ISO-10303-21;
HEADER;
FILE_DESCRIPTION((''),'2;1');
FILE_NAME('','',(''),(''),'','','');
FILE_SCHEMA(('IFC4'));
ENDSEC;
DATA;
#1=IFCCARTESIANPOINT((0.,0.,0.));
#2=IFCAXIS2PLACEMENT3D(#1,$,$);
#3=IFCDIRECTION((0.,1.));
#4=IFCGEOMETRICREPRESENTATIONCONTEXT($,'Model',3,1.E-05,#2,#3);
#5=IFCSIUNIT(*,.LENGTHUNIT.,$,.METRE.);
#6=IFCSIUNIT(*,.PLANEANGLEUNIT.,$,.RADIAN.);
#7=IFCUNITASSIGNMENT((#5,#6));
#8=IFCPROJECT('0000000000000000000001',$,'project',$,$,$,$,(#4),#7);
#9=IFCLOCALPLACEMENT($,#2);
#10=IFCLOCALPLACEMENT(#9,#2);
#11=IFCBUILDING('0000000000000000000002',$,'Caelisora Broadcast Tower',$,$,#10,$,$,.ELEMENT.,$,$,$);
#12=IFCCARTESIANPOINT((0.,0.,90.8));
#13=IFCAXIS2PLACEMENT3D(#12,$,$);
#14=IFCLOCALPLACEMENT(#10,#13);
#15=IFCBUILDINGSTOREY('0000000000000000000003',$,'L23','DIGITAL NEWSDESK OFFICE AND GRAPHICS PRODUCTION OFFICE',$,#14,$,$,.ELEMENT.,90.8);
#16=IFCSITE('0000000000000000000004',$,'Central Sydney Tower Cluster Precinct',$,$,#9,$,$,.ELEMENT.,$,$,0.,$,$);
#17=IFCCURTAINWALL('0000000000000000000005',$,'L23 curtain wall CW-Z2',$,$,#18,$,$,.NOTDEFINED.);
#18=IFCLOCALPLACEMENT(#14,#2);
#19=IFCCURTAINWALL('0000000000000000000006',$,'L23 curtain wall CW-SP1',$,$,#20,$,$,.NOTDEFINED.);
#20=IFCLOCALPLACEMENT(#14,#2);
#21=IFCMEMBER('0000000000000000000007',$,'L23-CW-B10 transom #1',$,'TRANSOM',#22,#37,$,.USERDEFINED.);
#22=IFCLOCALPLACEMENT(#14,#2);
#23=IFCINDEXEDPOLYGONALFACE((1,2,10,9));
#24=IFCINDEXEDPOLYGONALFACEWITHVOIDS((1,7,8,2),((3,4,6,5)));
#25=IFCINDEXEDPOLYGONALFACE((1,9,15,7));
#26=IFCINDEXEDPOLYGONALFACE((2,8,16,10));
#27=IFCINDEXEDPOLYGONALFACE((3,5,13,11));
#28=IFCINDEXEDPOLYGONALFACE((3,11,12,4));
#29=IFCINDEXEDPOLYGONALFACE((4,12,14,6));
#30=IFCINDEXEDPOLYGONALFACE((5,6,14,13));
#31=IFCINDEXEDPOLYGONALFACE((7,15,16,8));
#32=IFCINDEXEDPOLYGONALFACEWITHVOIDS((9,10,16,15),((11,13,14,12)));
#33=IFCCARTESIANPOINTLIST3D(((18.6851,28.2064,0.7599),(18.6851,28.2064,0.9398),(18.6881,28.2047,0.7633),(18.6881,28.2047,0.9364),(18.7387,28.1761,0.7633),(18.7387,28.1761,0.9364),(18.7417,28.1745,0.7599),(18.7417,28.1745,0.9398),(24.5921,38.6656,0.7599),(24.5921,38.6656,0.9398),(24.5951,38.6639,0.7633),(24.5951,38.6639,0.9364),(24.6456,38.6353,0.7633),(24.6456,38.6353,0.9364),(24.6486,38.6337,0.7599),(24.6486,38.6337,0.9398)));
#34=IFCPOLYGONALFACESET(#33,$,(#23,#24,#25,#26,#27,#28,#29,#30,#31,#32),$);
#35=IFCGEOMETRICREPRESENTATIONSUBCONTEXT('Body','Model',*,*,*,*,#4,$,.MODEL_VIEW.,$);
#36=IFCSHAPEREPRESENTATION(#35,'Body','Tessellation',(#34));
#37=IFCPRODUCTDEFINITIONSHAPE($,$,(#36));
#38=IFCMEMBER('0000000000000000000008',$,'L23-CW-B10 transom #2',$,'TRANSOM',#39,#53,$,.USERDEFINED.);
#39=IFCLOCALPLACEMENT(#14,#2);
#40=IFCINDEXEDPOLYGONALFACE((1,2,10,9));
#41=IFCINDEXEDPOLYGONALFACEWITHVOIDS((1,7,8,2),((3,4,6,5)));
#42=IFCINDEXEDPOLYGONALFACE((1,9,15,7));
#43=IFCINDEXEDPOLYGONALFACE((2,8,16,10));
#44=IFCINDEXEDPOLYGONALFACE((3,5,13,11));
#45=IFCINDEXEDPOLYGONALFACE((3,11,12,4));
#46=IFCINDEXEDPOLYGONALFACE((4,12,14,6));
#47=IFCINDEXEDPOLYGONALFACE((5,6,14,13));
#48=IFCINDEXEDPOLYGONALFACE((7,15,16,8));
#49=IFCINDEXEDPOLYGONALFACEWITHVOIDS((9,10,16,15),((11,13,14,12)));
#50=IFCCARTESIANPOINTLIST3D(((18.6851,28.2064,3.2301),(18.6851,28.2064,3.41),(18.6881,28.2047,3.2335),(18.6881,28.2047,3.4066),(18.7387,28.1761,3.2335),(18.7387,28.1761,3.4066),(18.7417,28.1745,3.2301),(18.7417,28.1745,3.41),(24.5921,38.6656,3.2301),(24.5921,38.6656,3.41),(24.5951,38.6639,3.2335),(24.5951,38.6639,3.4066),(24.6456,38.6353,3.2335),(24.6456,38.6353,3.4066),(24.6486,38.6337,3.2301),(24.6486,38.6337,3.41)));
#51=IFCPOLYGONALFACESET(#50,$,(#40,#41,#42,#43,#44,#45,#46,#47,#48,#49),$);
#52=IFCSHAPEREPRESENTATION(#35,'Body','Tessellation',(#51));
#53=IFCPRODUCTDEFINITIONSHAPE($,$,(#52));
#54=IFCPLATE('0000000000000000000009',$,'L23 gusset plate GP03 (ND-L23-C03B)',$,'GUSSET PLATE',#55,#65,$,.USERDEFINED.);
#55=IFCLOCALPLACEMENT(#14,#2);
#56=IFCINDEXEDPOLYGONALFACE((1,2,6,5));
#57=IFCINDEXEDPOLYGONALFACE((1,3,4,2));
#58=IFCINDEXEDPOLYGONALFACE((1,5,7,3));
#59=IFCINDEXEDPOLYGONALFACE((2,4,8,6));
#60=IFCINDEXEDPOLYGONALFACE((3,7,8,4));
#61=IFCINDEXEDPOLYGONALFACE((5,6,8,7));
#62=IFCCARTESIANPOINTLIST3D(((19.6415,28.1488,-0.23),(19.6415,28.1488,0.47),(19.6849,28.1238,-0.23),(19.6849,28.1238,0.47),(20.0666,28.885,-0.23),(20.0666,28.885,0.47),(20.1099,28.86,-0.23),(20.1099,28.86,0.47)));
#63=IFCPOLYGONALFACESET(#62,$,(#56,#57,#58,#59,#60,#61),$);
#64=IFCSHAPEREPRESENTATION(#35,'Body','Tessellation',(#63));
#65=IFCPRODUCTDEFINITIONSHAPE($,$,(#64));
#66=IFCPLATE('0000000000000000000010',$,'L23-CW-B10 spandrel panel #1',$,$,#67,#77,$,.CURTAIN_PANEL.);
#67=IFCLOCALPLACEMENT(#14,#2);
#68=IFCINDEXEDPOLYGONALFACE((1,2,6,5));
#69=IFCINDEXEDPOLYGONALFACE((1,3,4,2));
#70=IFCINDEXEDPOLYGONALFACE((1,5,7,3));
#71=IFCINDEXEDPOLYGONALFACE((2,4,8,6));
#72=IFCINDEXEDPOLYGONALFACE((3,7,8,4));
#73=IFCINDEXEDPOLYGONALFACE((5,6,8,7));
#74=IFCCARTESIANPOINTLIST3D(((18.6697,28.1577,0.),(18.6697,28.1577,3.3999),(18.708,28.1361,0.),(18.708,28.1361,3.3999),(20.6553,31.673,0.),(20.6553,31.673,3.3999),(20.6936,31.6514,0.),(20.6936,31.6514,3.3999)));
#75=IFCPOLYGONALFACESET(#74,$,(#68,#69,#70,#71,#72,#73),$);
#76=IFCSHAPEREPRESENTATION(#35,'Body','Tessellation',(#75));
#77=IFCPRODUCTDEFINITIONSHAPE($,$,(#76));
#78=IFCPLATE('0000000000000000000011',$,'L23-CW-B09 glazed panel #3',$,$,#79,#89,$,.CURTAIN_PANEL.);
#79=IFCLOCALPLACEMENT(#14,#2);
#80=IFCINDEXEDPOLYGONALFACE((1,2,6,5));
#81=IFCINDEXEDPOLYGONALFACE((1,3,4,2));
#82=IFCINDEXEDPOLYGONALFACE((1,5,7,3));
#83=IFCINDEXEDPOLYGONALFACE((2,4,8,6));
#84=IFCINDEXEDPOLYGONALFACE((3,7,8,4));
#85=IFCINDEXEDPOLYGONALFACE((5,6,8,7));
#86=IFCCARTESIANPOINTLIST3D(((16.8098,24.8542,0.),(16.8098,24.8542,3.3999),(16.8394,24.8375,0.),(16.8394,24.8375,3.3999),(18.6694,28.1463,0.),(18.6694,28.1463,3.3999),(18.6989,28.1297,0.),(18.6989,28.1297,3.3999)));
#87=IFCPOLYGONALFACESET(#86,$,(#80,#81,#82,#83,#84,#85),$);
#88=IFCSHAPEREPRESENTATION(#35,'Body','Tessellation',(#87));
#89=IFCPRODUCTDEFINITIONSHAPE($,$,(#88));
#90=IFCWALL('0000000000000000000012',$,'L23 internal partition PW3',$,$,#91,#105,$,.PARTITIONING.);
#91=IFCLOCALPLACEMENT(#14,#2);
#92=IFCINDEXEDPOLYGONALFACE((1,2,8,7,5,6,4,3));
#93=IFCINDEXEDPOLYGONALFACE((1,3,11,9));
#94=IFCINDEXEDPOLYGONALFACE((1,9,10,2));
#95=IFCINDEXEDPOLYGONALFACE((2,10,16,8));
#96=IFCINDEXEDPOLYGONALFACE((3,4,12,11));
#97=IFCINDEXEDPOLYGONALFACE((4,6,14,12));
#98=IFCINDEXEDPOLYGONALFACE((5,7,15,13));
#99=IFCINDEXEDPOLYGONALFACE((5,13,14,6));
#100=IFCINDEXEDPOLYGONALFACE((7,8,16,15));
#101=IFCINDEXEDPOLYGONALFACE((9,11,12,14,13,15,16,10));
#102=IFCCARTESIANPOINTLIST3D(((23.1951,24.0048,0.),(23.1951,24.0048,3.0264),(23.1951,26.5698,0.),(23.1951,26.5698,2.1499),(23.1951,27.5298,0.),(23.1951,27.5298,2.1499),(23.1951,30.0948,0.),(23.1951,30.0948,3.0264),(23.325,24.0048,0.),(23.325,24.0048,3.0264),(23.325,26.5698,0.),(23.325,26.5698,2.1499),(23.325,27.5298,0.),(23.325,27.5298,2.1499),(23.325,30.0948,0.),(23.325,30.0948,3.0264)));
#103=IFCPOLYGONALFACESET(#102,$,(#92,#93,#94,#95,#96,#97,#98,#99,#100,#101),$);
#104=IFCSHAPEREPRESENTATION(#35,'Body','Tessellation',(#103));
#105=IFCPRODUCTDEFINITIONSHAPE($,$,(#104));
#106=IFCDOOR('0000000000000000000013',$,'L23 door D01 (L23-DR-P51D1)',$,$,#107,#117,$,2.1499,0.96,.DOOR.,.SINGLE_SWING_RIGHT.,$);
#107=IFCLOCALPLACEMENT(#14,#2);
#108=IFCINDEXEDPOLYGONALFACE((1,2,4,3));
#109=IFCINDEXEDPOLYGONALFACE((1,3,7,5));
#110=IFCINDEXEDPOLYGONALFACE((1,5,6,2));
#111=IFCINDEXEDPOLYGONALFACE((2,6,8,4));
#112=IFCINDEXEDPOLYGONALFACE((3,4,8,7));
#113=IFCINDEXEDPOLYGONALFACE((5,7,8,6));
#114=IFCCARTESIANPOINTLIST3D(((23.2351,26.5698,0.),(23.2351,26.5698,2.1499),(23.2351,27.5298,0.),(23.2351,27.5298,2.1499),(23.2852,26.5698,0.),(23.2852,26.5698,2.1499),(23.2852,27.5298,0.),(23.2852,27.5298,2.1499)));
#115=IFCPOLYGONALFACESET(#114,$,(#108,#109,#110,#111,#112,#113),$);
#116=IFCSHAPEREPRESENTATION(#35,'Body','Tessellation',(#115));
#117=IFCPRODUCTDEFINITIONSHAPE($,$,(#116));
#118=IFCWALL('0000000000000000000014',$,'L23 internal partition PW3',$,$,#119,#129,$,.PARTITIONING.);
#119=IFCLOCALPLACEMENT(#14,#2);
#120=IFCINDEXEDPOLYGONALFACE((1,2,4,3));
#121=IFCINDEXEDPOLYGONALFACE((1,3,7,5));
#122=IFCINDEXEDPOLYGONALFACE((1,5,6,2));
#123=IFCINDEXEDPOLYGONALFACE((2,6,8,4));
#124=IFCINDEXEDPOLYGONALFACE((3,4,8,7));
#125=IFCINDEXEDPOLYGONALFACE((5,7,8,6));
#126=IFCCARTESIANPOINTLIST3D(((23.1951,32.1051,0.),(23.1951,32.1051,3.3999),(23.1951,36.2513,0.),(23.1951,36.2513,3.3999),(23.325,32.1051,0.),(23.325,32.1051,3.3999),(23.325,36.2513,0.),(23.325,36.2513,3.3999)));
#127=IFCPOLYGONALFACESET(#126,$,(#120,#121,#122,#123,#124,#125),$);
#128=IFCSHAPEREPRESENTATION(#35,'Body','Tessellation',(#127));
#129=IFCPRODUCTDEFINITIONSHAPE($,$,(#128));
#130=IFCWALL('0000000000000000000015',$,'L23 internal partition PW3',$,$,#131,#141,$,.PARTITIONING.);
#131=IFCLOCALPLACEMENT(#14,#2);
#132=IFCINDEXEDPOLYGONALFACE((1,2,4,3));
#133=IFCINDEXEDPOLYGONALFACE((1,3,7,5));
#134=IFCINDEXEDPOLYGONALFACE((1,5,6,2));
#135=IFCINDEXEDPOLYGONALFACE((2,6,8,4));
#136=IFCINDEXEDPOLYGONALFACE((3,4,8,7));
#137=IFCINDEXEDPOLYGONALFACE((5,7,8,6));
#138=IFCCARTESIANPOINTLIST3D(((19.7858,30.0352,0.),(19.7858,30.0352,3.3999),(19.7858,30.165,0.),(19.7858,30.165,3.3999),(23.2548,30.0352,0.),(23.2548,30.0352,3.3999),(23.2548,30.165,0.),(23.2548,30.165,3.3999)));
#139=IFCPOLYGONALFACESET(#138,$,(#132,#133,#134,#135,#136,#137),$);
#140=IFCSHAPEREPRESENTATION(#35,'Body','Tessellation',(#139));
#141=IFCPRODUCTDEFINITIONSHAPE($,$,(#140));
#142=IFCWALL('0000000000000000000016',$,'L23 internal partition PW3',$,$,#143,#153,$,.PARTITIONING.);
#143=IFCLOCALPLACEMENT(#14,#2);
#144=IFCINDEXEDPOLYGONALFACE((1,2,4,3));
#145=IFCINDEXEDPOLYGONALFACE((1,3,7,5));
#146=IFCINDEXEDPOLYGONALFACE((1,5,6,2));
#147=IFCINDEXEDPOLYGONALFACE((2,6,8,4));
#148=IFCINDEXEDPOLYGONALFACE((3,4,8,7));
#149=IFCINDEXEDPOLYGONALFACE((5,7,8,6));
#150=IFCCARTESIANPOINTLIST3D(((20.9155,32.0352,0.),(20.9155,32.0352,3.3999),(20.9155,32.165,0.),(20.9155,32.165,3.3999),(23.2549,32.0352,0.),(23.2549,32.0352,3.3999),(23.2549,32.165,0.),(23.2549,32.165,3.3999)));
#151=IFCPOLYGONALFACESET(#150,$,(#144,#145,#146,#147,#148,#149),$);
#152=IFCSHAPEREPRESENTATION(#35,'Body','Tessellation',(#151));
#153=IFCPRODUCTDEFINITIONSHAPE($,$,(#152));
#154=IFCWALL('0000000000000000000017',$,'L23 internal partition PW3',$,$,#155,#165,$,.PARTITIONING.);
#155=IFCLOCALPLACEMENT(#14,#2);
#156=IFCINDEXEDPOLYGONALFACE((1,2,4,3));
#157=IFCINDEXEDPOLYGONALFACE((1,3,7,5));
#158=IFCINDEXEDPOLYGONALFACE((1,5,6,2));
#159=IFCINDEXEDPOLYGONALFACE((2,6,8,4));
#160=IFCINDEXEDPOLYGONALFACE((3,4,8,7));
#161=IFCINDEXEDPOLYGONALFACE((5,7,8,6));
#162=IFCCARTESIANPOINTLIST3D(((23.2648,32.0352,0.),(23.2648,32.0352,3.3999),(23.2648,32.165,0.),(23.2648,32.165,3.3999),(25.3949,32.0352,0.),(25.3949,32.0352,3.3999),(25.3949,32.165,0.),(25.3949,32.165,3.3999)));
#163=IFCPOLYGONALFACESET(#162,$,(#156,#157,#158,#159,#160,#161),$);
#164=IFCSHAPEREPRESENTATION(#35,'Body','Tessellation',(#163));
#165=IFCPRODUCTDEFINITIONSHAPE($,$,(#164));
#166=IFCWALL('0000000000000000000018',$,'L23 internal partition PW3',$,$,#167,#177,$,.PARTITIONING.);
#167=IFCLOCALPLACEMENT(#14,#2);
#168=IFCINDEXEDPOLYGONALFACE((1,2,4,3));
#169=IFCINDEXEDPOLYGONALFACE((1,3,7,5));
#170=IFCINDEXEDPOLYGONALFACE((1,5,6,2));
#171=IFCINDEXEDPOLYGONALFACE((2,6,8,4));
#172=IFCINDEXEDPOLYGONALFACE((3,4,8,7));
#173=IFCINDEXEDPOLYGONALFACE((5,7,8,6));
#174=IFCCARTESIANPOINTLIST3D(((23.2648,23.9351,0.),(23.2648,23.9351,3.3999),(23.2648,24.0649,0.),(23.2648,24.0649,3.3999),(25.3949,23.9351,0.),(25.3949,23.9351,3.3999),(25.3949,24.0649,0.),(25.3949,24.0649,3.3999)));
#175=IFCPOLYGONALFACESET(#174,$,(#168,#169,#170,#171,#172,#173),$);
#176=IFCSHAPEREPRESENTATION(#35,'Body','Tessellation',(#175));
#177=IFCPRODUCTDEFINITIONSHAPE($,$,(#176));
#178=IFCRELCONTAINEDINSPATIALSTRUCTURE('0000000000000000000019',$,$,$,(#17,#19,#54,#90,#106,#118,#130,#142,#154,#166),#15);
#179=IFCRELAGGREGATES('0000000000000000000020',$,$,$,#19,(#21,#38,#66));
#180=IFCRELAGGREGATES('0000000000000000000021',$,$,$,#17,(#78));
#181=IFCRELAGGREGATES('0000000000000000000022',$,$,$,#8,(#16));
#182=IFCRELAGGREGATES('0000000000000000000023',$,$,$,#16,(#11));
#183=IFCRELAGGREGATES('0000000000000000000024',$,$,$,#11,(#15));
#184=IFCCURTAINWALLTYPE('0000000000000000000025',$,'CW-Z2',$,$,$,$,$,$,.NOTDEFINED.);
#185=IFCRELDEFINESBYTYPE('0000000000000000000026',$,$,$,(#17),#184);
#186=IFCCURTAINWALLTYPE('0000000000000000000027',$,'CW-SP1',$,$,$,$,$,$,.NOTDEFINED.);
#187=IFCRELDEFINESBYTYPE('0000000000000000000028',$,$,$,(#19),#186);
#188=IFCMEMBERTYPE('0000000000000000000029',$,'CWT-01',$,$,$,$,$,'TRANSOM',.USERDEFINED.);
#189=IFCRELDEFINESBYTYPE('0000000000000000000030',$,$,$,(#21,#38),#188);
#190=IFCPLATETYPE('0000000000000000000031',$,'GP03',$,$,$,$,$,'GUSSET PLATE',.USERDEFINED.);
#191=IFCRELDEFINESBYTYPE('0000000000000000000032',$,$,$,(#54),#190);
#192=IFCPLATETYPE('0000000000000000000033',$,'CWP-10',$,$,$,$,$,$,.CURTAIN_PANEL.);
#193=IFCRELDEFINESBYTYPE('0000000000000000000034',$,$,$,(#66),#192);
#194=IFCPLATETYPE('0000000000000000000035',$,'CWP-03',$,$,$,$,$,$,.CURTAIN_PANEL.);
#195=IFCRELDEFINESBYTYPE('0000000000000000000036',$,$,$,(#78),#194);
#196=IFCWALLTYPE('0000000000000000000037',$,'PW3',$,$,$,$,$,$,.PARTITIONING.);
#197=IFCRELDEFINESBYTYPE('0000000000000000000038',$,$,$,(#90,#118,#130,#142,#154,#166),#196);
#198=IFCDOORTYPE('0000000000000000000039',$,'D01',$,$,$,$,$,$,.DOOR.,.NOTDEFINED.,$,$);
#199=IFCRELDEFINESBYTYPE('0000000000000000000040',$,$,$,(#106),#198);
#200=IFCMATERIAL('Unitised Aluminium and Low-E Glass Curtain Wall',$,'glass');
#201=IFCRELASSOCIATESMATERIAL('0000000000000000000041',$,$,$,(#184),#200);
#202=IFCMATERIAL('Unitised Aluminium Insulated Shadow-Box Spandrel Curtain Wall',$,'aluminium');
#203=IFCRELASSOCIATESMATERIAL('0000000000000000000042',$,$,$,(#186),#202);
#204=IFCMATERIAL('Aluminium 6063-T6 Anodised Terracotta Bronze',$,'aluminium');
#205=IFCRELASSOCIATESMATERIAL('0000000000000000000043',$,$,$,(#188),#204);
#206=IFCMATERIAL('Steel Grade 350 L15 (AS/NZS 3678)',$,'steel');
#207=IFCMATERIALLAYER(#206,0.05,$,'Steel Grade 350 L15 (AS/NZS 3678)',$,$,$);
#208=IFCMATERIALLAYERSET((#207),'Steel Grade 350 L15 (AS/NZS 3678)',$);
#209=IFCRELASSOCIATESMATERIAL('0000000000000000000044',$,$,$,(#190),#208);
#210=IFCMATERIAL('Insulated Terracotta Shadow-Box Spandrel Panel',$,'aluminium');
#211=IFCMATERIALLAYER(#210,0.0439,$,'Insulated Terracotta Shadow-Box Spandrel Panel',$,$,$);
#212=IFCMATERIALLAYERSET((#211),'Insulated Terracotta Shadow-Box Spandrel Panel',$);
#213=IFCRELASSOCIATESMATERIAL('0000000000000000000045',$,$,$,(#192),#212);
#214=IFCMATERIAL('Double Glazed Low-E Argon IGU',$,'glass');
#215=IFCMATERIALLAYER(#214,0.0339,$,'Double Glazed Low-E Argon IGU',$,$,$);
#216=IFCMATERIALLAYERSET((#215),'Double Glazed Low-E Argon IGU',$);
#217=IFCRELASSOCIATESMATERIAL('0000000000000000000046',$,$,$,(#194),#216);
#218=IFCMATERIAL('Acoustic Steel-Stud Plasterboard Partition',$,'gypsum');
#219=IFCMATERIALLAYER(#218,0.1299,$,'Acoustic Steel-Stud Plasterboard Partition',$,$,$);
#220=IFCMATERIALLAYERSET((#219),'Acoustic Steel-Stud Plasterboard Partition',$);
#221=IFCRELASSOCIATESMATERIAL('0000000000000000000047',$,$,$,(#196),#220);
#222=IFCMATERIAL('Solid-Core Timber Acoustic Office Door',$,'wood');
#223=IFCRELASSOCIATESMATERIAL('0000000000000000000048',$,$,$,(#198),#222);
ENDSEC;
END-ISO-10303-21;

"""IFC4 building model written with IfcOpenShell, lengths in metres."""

from ifc_helpers import new_model, si_unit, direction, frame, frame_2d, origin, origin_2d, place, context, subcontext, project, spatial, rectangle, hollow_rectangle, extrude, source, transform, mapped, material, layer, layer_set, material_profile, profile_set, type_object, type_shapes, element, fill, aggregate, save


model = new_model("IFC4")

# Units and contexts
model_context = context("Model", 3, precision=1e-05, world=origin(), true_north=direction((0.0, 1.0)))
body_context = subcontext(model_context, "Body", "Model", "MODEL_VIEW")
ifc_project = project(units=[si_unit("LENGTHUNIT", "METRE"), si_unit("PLANEANGLEUNIT", "RADIAN")], contexts=[model_context])

# Site, building, storey
site_placement = place(None, origin())
site = spatial("IfcSite", under=ifc_project, at=site_placement, Name="Central Sydney Tower Cluster Precinct", CompositionType="ELEMENT", RefElevation=0.0)
building_placement = place(site_placement, origin())
building = spatial("IfcBuilding", under=site, at=building_placement, Name="Caelisora Broadcast Tower", CompositionType="ELEMENT")
storey_placement = place(building_placement, frame((0.0, 0.0, 90.8)))
storey = spatial("IfcBuildingStorey", under=building, at=storey_placement, Name="L23", Description="DIGITAL NEWSDESK OFFICE AND GRAPHICS PRODUCTION OFFICE", CompositionType="ELEMENT", Elevation=90.8)

# Shared definitions
ifc_material_1 = material(Name="Steel Grade 350 L15 (AS/NZS 3678)", Category="steel")

# Curtain walls, members
ifc_material_2 = material(Name="Unitised Aluminium and Low-E Glass Curtain Wall", Category="glass")
curtain_wall_type_1 = type_object("IfcCurtainWallType", Name="CW-Z2", PredefinedType="NOTDEFINED", material=ifc_material_2)
curtain_wall_1_placement = place(storey_placement, origin())
curtain_wall_1 = element("IfcCurtainWall", 1, at=curtain_wall_1_placement, inside=storey, type_object=curtain_wall_type_1, Name="L23 curtain wall CW-Z2", PredefinedType="NOTDEFINED")
ifc_material_3 = material(Name="Aluminium 6063-T6 Anodised Terracotta Bronze", Category="aluminium")
ifc_material_4 = material(Name="Unitised Aluminium Insulated Shadow-Box Spandrel Curtain Wall", Category="aluminium")
curtain_wall_type_2 = type_object("IfcCurtainWallType", Name="CW-SP1", PredefinedType="NOTDEFINED", material=ifc_material_4)
curtain_wall_2_placement = place(storey_placement, origin())
curtain_wall_2 = element("IfcCurtainWall", 2, at=curtain_wall_2_placement, inside=storey, type_object=curtain_wall_type_2, Name="L23 curtain wall CW-SP1", PredefinedType="NOTDEFINED")
ifc_material_profile_1 = material_profile(ifc_material_3, hollow_rectangle(XDim=0.0649, YDim=0.1799, WallThickness=0.0034, at=origin_2d()), Name="Aluminium 6063-T6 Anodised Terracotta Bronze")
ifc_profile_set_1 = profile_set([ifc_material_profile_1], Name="Aluminium 6063-T6 Anodised Terracotta Bronze")
member_type_1 = type_object("IfcMemberType", Name="CWT-01", ElementType="TRANSOM", PredefinedType="USERDEFINED", material=ifc_profile_set_1)
shared_shape_1 = source(origin(), body_context, "Body", "SweptSolid", [
    extrude(hollow_rectangle(XDim=0.0649, YDim=0.1799, WallThickness=0.0034, at=origin_2d()), origin(), (0.0, 0.0, 1.0), 12.012),
])
type_shapes(member_type_1, [shared_shape_1])
member_1_placement = place(storey_placement, frame((18.7134, 28.1904, 0.8499), z_axis=(0.491757, 0.870732, 0.0), x_axis=(-0.870732, 0.491757, 0.0)))
member_1 = element("IfcMember", 3, at=member_1_placement, type_object=member_type_1, Name="L23-CW-B10 transom #1", ObjectType="TRANSOM", PredefinedType="USERDEFINED", context=body_context, shape_type="MappedRepresentation", body=[
    mapped(shared_shape_1, transform((0.0, 0.0, 0.0), scale=1.0)),
])
member_2_placement = place(storey_placement, frame((18.7134, 28.1904, 3.3201), z_axis=(0.491757, 0.870732, 0.0), x_axis=(-0.870732, 0.491757, 0.0)))
member_2 = element("IfcMember", 4, at=member_2_placement, type_object=member_type_1, Name="L23-CW-B10 transom #2", ObjectType="TRANSOM", PredefinedType="USERDEFINED", context=body_context, shape_type="MappedRepresentation", body=[
    mapped(shared_shape_1, transform((0.0, 0.0, 0.0), scale=1.0)),
])

# Plates
ifc_layer_1 = layer(ifc_material_1, 0.05, Name="Steel Grade 350 L15 (AS/NZS 3678)")
ifc_layer_set_1 = layer_set([ifc_layer_1], Name="Steel Grade 350 L15 (AS/NZS 3678)")
plate_type_1 = type_object("IfcPlateType", Name="GP03", ElementType="GUSSET PLATE", PredefinedType="USERDEFINED", material=ifc_layer_set_1)
shared_shape_2 = source(origin(), body_context, "Body", "SweptSolid", [
    extrude(rectangle(XDim=0.8501, YDim=0.05, at=origin_2d()), origin(), (0.0, 0.0, 1.0), 0.7),
])
type_shapes(plate_type_1, [shared_shape_2])
plate_1_placement = place(storey_placement, frame((19.8757, 28.5044, -0.23), z_axis=(0.0, 0.0, 1.0), x_axis=(-0.5, -0.866025, 0.0)))
element("IfcPlate", 5, at=plate_1_placement, inside=storey, type_object=plate_type_1, Name="L23 gusset plate GP03 (ND-L23-C03B)", ObjectType="GUSSET PLATE", PredefinedType="USERDEFINED", context=body_context, shape_type="MappedRepresentation", body=[
    mapped(shared_shape_2, transform((0.0, 0.0, 0.0), scale=1.0)),
])
ifc_material_5 = material(Name="Insulated Terracotta Shadow-Box Spandrel Panel", Category="aluminium")
ifc_layer_2 = layer(ifc_material_5, 0.0439, Name="Insulated Terracotta Shadow-Box Spandrel Panel")
ifc_layer_set_2 = layer_set([ifc_layer_2], Name="Insulated Terracotta Shadow-Box Spandrel Panel")
plate_type_2 = type_object("IfcPlateType", Name="CWP-10", PredefinedType="CURTAIN_PANEL", material=ifc_layer_set_2)
shared_shape_3 = source(origin(), body_context, "Body", "SweptSolid", [
    extrude(rectangle(XDim=4.0374, YDim=0.0439, at=origin_2d()), origin(), (0.0, 0.0, 1.0), 3.3999),
])
type_shapes(plate_type_2, [shared_shape_3])
plate_2_placement = place(storey_placement, frame((19.6816, 29.9045, 0.0), z_axis=(0.0, 0.0, 1.0), x_axis=(0.491816, 0.870699, 0.0)))
plate_2 = element("IfcPlate", 6, at=plate_2_placement, type_object=plate_type_2, Name="L23-CW-B10 spandrel panel #1", PredefinedType="CURTAIN_PANEL", context=body_context, shape_type="MappedRepresentation", body=[
    mapped(shared_shape_3, transform((0.0, 0.0, 0.0), scale=1.0)),
])
aggregate(curtain_wall_2, [member_1, member_2, plate_2])
ifc_material_6 = material(Name="Double Glazed Low-E Argon IGU", Category="glass")
ifc_layer_3 = layer(ifc_material_6, 0.0339, Name="Double Glazed Low-E Argon IGU")
ifc_layer_set_3 = layer_set([ifc_layer_3], Name="Double Glazed Low-E Argon IGU")
plate_type_3 = type_object("IfcPlateType", Name="CWP-03", PredefinedType="CURTAIN_PANEL", material=ifc_layer_set_3)
shared_shape_4 = source(origin(), body_context, "Body", "SweptSolid", [
    extrude(rectangle(XDim=3.781, YDim=0.0339, at=origin_2d()), origin(), (0.0, 0.0, 1.0), 3.3999),
])
type_shapes(plate_type_3, [shared_shape_4])
plate_3_placement = place(storey_placement, frame((17.7544, 26.4919, 0.0), z_axis=(0.0, 0.0, 1.0), x_axis=(0.491816, 0.870699, 0.0)))
plate_3 = element("IfcPlate", 7, at=plate_3_placement, type_object=plate_type_3, Name="L23-CW-B09 glazed panel #3", PredefinedType="CURTAIN_PANEL", context=body_context, shape_type="MappedRepresentation", body=[
    mapped(shared_shape_4, transform((0.0, 0.0, 0.0), scale=1.0)),
])
aggregate(curtain_wall_1, [plate_3])

# Wall, opening, door
ifc_material_7 = material(Name="Acoustic Steel-Stud Plasterboard Partition", Category="gypsum")
ifc_layer_4 = layer(ifc_material_7, 0.1299, Name="Acoustic Steel-Stud Plasterboard Partition")
ifc_layer_set_4 = layer_set([ifc_layer_4], Name="Acoustic Steel-Stud Plasterboard Partition")
wall_type = type_object("IfcWallType", Name="PW3", PredefinedType="PARTITIONING", material=ifc_layer_set_4)
wall_1_placement = place(storey_placement, frame((23.26, 24.0049, 0.0), z_axis=(0.0, 0.0, 1.0), x_axis=(0.0, 1.0, 0.0)))
wall_1 = element("IfcWall", 8, at=wall_1_placement, inside=storey, type_object=wall_type, Name="L23 internal partition PW3", PredefinedType="PARTITIONING", context=body_context, shape_type="SweptSolid", body=[
    extrude(rectangle(XDim=6.0901, YDim=0.1299, at=frame_2d((3.0449, 0.0))), origin(), (0.0, 0.0, 1.0), 3.0264),
])
opening_placement = place(wall_1_placement, frame((2.5649, 0.0, 0.0)))
opening = element("IfcOpeningElement", 9, at=opening_placement, cuts=wall_1, PredefinedType="OPENING", context=body_context, shape_type="SweptSolid", body=[
    extrude(rectangle(XDim=0.96, YDim=2.1499, at=frame_2d((0.48, 1.075))), frame((0.0, 0.0769, 0.0), z_axis=(0.0, -1.0, 0.0), x_axis=(1.0, 0.0, 0.0)), (0.0, 0.0, 1.0), 0.1538),
])
ifc_material_8 = material(Name="Solid-Core Timber Acoustic Office Door", Category="wood")
door_type = type_object("IfcDoorType", Name="D01", OperationType="NOTDEFINED", PredefinedType="DOOR", material=ifc_material_8)
door_placement = place(opening_placement, origin())
door = element("IfcDoor", 10, at=door_placement, inside=storey, type_object=door_type, Name="L23 door D01 (L23-DR-P51D1)", OperationType="SINGLE_SWING_RIGHT", OverallHeight=2.1499, OverallWidth=0.96, PredefinedType="DOOR", context=body_context, shape_type="SweptSolid", body=[
    extrude(rectangle(XDim=0.96, YDim=2.1499, at=frame_2d((0.48, 1.075))), frame((0.0, 0.0249, 0.0), z_axis=(0.0, -1.0, 0.0), x_axis=(1.0, 0.0, 0.0)), (0.0, 0.0, 1.0), 0.05),
])
fill(opening, door)

# Walls
wall_2_placement = place(storey_placement, frame((23.26, 32.105, 0.0), z_axis=(0.0, 0.0, 1.0), x_axis=(0.0, 1.0, 0.0)))
element("IfcWall", 11, at=wall_2_placement, inside=storey, type_object=wall_type, Name="L23 internal partition PW3", PredefinedType="PARTITIONING", context=body_context, shape_type="SweptSolid", body=[
    extrude(rectangle(XDim=4.1462, YDim=0.1299, at=frame_2d((2.0732, 0.0))), origin(), (0.0, 0.0, 1.0), 3.3999),
])
wall_3_placement = place(storey_placement, frame((19.7859, 30.1001, 0.0), z_axis=(0.0, 0.0, 1.0), x_axis=(1.0, 0.0, 0.0)))
element("IfcWall", 12, at=wall_3_placement, inside=storey, type_object=wall_type, Name="L23 internal partition PW3", PredefinedType="PARTITIONING", context=body_context, shape_type="SweptSolid", body=[
    extrude(rectangle(XDim=3.469, YDim=0.1299, at=frame_2d((1.7344, 0.0))), origin(), (0.0, 0.0, 1.0), 3.3999),
])
wall_4_placement = place(storey_placement, frame((20.9155, 32.1001, 0.0), z_axis=(0.0, 0.0, 1.0), x_axis=(1.0, 0.0, 0.0)))
element("IfcWall", 13, at=wall_4_placement, inside=storey, type_object=wall_type, Name="L23 internal partition PW3", PredefinedType="PARTITIONING", context=body_context, shape_type="SweptSolid", body=[
    extrude(rectangle(XDim=2.3394, YDim=0.1299, at=frame_2d((1.1697, 0.0))), origin(), (0.0, 0.0, 1.0), 3.3999),
])
for number, where, z_axis, x_axis, name in (
    (14, (23.2649, 32.1001, 0.0), (0.0, 0.0, 1.0), (1.0, 0.0, 0.0), "L23 internal partition PW3"),
    (15, (23.2649, 24.0, 0.0), (0.0, 0.0, 1.0), (1.0, 0.0, 0.0), "L23 internal partition PW3"),
):
    element("IfcWall", number, at=place(storey_placement, frame(where, z_axis=z_axis, x_axis=x_axis)), inside=storey, type_object=wall_type, Name=name, PredefinedType="PARTITIONING", context=body_context, shape_type="SweptSolid", body=[
        extrude(rectangle(XDim=2.1301, YDim=0.1299, at=frame_2d((1.0649, 0.0))), origin(), (0.0, 0.0, 1.0), 3.3999),
    ])

save(model, "model.ifc")
